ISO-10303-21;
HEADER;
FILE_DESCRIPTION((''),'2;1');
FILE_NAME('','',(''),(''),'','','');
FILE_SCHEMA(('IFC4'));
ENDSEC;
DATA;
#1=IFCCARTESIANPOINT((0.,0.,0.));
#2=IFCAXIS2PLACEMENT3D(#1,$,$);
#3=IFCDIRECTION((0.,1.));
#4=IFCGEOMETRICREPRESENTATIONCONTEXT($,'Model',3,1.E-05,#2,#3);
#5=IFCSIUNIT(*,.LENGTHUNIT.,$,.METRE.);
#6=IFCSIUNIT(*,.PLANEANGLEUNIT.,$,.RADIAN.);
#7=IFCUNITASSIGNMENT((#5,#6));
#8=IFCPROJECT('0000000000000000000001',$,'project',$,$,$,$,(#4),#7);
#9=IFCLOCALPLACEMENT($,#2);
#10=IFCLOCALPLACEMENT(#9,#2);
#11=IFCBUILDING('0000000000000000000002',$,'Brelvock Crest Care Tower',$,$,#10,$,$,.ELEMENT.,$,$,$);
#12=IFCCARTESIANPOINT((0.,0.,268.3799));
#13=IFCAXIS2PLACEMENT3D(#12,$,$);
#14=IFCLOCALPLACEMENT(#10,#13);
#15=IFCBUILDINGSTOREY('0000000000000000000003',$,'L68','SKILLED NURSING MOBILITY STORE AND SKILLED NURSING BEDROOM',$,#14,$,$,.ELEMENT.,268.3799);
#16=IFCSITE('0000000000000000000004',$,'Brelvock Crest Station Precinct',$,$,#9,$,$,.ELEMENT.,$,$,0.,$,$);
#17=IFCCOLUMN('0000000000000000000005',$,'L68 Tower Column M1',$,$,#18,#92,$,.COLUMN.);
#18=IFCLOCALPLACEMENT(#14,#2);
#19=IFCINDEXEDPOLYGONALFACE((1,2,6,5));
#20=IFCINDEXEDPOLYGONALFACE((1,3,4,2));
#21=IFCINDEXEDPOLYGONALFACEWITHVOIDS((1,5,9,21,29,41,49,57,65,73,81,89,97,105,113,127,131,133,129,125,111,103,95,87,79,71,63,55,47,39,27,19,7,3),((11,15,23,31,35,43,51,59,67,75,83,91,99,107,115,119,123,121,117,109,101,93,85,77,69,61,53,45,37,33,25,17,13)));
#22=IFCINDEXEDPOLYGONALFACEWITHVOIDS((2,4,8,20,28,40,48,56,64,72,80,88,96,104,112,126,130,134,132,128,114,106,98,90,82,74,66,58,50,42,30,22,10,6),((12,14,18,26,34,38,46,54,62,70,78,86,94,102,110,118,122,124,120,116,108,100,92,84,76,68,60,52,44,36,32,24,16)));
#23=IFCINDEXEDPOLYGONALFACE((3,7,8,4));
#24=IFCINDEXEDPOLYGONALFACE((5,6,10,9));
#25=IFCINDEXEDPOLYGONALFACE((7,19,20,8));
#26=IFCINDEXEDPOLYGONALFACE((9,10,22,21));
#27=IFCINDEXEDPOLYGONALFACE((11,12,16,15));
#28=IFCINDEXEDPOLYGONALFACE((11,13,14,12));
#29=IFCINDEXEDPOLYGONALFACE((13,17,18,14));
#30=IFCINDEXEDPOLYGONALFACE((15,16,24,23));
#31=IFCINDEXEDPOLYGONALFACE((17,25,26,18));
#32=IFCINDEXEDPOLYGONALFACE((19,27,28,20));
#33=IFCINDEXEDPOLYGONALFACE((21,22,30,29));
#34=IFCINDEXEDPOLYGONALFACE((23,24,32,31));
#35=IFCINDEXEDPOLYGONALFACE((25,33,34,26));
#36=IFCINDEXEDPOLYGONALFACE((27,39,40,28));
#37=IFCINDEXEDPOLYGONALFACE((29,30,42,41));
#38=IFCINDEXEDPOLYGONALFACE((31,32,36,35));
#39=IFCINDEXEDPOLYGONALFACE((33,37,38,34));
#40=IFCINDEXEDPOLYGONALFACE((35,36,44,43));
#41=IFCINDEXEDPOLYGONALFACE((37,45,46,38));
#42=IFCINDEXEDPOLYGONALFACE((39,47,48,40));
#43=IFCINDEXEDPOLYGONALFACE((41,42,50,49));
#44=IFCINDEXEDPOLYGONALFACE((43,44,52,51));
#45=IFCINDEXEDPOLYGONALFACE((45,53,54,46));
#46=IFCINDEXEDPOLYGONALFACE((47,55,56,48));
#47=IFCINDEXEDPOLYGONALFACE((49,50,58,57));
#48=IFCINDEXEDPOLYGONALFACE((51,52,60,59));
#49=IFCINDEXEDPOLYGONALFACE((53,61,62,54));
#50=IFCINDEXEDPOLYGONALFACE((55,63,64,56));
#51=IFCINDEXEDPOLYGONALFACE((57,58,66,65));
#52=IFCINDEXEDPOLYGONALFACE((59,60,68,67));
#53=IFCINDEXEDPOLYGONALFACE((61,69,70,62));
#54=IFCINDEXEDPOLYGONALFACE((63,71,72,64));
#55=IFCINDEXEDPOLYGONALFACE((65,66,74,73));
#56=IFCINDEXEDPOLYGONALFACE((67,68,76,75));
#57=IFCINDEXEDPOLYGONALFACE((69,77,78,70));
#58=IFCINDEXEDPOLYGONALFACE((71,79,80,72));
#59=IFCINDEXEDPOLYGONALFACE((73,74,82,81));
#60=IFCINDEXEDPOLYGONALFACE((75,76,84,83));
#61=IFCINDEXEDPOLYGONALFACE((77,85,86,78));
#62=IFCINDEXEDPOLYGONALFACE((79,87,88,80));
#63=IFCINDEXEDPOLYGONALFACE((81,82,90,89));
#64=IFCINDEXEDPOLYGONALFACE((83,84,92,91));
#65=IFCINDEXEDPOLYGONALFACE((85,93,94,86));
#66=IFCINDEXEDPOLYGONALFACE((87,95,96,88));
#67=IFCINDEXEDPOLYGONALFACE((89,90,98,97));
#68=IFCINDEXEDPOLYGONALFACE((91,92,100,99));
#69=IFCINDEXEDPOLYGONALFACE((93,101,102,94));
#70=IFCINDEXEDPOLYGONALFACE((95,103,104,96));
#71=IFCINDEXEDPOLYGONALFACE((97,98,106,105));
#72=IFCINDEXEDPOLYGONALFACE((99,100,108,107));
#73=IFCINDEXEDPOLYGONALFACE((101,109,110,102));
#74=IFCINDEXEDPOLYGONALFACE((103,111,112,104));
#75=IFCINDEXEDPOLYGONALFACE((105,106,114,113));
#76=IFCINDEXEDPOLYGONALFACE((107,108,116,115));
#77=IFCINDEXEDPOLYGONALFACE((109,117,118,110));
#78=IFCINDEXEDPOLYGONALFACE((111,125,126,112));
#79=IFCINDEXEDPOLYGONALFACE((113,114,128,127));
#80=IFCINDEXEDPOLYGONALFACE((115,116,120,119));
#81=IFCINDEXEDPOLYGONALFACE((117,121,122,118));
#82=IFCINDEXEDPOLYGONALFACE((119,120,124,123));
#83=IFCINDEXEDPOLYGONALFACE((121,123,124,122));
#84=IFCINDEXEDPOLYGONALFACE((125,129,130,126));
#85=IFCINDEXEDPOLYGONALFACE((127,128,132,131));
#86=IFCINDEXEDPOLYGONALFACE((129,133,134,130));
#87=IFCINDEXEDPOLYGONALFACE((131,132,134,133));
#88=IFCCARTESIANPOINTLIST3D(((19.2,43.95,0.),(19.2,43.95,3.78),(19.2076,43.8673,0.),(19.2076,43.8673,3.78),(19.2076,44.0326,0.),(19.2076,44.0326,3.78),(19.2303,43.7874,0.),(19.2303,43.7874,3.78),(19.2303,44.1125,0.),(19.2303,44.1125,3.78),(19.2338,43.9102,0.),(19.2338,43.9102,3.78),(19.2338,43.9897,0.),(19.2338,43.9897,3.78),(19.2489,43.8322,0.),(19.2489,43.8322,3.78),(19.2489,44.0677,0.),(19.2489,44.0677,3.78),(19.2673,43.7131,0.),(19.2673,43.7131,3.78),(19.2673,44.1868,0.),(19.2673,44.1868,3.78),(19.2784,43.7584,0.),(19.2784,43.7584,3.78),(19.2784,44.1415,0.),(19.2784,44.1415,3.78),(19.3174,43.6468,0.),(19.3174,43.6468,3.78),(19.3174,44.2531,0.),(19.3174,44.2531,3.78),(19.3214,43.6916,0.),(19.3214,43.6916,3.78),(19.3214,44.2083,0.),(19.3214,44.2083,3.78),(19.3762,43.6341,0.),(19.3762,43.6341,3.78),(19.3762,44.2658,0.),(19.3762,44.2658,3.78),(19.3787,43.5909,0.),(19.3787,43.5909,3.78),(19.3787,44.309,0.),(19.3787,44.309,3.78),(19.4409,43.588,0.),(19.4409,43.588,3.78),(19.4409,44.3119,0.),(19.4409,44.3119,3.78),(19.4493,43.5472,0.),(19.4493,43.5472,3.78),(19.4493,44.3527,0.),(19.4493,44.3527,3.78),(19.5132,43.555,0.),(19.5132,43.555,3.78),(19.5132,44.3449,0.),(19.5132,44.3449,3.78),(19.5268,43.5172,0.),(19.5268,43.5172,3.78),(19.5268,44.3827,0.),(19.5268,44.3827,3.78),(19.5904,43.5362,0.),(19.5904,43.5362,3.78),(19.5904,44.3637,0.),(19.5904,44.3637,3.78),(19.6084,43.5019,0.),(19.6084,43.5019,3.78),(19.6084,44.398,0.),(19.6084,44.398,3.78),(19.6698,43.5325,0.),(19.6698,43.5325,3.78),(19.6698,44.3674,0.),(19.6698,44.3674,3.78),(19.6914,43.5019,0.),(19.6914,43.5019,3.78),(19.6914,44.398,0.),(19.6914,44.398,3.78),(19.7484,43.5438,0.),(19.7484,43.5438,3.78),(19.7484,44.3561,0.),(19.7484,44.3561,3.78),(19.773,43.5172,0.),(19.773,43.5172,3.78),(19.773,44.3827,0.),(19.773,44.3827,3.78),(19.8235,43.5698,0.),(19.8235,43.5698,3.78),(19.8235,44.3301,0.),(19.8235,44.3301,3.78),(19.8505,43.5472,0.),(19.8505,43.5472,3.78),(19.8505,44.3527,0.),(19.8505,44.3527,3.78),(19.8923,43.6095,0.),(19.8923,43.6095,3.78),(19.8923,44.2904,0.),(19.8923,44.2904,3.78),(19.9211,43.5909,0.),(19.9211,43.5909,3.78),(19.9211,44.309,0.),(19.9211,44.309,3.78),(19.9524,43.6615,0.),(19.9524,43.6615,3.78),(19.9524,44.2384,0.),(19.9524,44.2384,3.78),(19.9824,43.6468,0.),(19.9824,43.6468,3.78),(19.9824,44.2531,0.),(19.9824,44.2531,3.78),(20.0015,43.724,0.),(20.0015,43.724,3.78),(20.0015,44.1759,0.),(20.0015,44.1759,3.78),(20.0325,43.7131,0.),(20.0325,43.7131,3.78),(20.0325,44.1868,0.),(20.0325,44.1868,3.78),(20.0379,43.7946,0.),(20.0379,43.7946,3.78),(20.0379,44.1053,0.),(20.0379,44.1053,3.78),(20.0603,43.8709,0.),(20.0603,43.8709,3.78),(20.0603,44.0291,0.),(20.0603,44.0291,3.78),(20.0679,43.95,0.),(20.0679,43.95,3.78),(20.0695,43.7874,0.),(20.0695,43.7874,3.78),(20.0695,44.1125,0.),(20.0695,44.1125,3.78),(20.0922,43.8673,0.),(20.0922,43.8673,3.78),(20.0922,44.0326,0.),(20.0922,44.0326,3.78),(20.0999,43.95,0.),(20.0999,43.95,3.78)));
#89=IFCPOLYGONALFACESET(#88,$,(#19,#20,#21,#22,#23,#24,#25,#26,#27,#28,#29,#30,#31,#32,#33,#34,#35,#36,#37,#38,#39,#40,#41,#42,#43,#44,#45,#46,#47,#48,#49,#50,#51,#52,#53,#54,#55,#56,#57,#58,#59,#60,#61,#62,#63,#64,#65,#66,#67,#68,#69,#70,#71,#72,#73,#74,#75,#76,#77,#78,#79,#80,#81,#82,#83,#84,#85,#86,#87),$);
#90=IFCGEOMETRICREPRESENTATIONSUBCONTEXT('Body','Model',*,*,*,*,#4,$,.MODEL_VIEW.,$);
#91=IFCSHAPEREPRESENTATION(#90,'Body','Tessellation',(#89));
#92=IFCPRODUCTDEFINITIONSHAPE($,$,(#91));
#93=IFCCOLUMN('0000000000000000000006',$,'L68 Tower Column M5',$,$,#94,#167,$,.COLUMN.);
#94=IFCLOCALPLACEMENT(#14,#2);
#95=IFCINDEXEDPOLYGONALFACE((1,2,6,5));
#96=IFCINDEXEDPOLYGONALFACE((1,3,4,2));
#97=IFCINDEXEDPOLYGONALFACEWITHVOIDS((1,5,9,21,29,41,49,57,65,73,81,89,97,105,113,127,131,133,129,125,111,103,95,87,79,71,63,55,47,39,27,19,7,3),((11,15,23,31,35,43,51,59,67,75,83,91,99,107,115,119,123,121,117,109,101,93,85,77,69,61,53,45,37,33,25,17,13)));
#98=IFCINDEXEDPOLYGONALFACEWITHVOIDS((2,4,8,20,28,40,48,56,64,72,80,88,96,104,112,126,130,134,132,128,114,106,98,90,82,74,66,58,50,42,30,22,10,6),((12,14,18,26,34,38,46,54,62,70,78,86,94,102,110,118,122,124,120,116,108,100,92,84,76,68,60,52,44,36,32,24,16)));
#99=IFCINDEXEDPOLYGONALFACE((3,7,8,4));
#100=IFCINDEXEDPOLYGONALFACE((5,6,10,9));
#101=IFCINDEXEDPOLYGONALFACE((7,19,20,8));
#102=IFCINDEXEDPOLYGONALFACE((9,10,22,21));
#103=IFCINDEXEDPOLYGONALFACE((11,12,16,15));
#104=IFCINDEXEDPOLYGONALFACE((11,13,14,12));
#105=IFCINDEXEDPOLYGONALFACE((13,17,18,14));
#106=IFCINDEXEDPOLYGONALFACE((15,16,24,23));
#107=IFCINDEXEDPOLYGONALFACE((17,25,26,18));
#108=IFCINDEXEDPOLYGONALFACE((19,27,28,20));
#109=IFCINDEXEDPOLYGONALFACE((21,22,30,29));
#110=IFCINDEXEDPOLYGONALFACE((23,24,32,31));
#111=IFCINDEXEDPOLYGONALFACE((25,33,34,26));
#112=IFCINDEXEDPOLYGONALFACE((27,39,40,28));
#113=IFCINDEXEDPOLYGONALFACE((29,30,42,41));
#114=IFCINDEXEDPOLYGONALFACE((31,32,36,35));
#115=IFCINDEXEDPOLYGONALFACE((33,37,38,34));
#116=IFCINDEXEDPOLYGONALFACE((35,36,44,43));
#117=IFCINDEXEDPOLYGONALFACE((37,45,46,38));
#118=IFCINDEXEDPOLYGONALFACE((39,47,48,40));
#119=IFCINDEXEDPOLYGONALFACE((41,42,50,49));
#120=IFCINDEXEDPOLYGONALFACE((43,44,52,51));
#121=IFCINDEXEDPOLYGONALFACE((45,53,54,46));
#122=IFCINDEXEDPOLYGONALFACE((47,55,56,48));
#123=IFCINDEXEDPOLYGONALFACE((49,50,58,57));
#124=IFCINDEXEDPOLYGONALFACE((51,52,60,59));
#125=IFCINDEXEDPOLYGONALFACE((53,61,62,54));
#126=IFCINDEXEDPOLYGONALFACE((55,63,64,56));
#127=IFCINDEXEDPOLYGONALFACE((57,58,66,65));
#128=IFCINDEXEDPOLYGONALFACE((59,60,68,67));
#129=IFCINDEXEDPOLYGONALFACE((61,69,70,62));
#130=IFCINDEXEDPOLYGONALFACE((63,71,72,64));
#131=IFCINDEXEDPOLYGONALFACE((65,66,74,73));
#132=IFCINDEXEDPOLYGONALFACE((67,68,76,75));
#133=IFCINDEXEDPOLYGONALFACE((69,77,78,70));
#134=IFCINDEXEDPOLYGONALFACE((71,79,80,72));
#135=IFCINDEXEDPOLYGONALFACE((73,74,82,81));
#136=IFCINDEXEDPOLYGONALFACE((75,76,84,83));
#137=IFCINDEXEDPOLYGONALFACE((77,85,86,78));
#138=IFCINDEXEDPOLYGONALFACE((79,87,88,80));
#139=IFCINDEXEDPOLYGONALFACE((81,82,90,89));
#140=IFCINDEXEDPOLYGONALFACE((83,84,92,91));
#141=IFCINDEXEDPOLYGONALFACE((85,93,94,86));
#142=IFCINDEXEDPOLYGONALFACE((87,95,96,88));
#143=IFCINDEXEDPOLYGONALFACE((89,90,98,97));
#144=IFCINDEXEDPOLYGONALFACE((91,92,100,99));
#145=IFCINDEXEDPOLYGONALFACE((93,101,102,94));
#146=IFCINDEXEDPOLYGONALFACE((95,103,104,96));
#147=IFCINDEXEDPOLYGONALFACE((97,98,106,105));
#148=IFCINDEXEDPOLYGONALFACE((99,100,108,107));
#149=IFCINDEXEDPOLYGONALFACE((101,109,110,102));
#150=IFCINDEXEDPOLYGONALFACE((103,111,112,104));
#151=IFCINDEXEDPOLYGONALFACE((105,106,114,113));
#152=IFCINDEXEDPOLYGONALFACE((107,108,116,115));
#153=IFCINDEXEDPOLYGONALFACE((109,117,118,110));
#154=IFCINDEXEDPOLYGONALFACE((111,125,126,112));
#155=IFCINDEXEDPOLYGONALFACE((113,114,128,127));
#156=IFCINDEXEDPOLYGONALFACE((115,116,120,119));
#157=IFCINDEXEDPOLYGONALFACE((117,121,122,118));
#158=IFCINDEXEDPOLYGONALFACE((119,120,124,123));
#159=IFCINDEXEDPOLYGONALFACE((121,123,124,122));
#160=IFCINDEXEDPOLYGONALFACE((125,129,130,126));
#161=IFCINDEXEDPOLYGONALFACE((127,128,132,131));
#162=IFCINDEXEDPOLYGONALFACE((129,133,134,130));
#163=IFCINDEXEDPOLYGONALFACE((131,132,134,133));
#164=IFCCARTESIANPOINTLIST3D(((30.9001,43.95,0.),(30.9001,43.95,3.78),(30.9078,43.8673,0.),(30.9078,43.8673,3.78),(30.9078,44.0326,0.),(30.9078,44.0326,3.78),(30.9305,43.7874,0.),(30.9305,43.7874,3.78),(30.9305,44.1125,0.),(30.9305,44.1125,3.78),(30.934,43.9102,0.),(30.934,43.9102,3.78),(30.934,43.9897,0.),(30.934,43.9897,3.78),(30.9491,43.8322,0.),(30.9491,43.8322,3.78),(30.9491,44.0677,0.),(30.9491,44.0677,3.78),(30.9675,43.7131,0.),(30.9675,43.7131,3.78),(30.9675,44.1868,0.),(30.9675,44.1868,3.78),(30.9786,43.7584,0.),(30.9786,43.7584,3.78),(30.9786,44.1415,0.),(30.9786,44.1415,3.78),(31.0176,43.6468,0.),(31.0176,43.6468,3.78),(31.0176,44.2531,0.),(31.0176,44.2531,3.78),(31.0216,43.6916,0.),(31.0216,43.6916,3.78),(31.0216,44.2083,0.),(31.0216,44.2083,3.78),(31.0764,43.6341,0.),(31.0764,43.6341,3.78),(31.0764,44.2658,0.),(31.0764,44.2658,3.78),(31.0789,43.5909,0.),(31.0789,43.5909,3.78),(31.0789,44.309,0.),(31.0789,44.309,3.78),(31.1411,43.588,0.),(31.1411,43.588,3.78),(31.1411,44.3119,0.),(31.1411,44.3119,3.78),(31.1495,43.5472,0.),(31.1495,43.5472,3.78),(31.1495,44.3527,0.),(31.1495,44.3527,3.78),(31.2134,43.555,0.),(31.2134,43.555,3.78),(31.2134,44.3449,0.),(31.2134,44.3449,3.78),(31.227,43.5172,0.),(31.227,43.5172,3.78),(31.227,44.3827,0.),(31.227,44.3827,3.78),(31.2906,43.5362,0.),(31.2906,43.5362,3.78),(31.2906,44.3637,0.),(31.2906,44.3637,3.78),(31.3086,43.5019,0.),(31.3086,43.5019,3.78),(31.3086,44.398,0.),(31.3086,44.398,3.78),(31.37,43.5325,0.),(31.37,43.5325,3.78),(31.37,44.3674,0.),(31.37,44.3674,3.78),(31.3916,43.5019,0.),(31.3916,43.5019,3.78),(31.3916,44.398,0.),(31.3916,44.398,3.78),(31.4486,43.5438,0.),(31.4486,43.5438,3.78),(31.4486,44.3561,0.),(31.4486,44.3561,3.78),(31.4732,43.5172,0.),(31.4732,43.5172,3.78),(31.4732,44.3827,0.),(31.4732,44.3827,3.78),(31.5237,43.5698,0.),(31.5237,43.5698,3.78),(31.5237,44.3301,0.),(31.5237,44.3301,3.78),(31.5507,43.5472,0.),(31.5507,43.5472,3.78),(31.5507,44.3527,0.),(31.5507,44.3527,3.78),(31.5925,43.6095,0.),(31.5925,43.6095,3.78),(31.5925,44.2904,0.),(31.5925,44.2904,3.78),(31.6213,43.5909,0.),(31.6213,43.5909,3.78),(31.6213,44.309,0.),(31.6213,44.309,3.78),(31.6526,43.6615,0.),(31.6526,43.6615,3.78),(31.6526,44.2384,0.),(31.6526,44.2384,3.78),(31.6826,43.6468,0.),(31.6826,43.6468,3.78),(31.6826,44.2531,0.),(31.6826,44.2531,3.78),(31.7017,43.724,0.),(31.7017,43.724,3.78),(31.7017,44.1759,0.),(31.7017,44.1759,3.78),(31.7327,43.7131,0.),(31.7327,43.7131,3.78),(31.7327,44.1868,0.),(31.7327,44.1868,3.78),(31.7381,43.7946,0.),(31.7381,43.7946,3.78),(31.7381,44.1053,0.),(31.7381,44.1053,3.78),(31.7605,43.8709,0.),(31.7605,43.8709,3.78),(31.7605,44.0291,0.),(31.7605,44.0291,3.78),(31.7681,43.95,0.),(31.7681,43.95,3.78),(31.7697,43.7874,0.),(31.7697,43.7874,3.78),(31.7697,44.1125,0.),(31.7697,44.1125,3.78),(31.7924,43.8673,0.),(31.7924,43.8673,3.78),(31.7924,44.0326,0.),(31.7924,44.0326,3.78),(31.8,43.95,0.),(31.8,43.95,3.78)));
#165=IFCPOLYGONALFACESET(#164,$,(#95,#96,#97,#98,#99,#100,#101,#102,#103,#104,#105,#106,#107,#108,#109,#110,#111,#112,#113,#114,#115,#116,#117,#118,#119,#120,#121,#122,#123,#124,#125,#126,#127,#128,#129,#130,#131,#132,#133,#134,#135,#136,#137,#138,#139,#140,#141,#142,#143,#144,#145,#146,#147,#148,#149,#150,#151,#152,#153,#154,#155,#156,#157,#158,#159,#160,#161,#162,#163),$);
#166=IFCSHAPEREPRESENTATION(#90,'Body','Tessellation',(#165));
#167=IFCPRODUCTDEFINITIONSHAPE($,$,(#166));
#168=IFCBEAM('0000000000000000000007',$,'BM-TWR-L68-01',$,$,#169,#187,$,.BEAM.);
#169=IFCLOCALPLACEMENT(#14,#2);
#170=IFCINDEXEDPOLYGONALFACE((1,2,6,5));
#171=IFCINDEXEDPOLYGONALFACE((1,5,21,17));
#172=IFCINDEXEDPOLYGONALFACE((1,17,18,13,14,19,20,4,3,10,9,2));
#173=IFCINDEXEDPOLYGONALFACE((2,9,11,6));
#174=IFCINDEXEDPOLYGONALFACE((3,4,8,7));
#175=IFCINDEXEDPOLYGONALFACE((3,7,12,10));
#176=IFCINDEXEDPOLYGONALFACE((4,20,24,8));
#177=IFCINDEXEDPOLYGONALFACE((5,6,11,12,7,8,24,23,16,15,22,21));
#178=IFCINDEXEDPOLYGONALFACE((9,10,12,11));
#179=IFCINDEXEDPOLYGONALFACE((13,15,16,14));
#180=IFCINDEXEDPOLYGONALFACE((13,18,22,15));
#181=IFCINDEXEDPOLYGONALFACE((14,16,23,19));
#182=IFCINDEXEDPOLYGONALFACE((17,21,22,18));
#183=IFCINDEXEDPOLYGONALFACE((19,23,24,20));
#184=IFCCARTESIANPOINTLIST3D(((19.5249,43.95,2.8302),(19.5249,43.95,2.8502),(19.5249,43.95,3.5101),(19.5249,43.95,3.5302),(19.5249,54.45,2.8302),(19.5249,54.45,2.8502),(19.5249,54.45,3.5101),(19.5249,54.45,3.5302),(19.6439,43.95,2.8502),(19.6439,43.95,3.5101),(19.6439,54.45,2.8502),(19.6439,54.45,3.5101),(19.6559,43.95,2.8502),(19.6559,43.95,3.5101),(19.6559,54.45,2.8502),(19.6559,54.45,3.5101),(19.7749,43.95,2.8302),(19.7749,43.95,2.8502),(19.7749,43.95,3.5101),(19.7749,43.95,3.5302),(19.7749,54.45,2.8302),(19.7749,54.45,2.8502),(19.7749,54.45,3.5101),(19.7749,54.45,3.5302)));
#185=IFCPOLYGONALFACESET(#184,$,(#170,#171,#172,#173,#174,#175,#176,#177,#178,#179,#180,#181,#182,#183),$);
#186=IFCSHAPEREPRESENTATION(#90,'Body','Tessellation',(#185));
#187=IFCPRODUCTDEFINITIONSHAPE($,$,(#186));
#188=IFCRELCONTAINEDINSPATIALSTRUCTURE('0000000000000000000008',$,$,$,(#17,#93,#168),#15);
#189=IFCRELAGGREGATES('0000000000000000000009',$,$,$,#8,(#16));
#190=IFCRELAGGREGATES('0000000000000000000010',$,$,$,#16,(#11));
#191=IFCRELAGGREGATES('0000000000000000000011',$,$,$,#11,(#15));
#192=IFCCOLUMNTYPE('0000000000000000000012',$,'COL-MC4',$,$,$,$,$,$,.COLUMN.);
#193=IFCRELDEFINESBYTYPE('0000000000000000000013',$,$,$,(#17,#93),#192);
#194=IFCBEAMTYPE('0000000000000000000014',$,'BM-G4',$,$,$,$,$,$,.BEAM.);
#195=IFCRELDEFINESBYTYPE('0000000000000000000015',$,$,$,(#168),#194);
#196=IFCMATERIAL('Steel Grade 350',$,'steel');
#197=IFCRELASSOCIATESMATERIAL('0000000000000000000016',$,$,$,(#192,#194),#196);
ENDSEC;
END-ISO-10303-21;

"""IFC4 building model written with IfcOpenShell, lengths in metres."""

from ifc_helpers import new_model, si_unit, direction, frame, origin, origin_2d, place, context, subcontext, project, spatial, hollow_circle, i_section, extrude, source, transform, mapped, material, material_profile, profile_set, type_object, element, save


model = new_model("IFC4")

# Units and contexts
model_context = context("Model", 3, precision=1e-05, world=origin(), true_north=direction((0.0, 1.0)))
body_context = subcontext(model_context, "Body", "Model", "MODEL_VIEW")
ifc_project = project(units=[si_unit("LENGTHUNIT", "METRE"), si_unit("PLANEANGLEUNIT", "RADIAN")], contexts=[model_context])

# Site, building, storey
site_placement = place(None, origin())
site = spatial("IfcSite", under=ifc_project, at=site_placement, Name="Brelvock Crest Station Precinct", CompositionType="ELEMENT", RefElevation=0.0)
building_placement = place(site_placement, origin())
building = spatial("IfcBuilding", under=site, at=building_placement, Name="Brelvock Crest Care Tower", CompositionType="ELEMENT")
storey_placement = place(building_placement, frame((0.0, 0.0, 268.3799)))
storey = spatial("IfcBuildingStorey", under=building, at=storey_placement, Name="L68", Description="SKILLED NURSING MOBILITY STORE AND SKILLED NURSING BEDROOM", CompositionType="ELEMENT", Elevation=268.3799)

# Columns
ifc_material_1 = material(Name="Steel Grade 350", Category="steel")
ifc_material_profile_1 = material_profile(ifc_material_1, hollow_circle(Radius=0.45, WallThickness=0.032, at=origin_2d()), Name="CFT900x32")
ifc_profile_set_1 = profile_set([ifc_material_profile_1], Name="Steel Grade 350")
column_type = type_object("IfcColumnType", Name="COL-MC4", PredefinedType="COLUMN", material=ifc_profile_set_1)
shared_shape_1 = source(origin(), body_context, "Body", "SweptSolid", [
    extrude(hollow_circle(Radius=0.45, WallThickness=0.032, at=origin_2d()), origin(), (0.0, 0.0, 1.0), 3.78),
])
for number, where, z_axis, x_axis, name in (
    (1, (19.6499, 43.95, 0.0), (0.0, 0.0, 1.0), (1.0, 0.0, 0.0), "L68 Tower Column M1"),
    (2, (31.3501, 43.95, 0.0), (0.0, 0.0, 1.0), (1.0, 0.0, 0.0), "L68 Tower Column M5"),
):
    element("IfcColumn", number, at=place(storey_placement, frame(where, z_axis=z_axis, x_axis=x_axis)), inside=storey, type_object=column_type, Name=name, PredefinedType="COLUMN", context=body_context, shape_type="MappedRepresentation", body=[
        mapped(shared_shape_1, transform((0.0, 0.0, 0.0), x_axis=(1.0, 0.0, 0.0), y_axis=(0.0, 1.0, 0.0), z_axis=(0.0, 0.0, 1.0), scale=1.0)),
    ])

# Beam
ifc_material_profile_2 = material_profile(ifc_material_1, i_section(OverallWidth=0.25, OverallDepth=0.7, WebThickness=0.012, FlangeThickness=0.02, at=origin_2d()), Name="700WB150")
ifc_profile_set_2 = profile_set([ifc_material_profile_2], Name="Steel Grade 350")
beam_type_1 = type_object("IfcBeamType", Name="BM-G4", PredefinedType="BEAM", material=ifc_profile_set_2)
shared_shape_2 = source(origin(), body_context, "Body", "SweptSolid", [
    extrude(i_section(OverallWidth=0.25, OverallDepth=0.7, WebThickness=0.012, FlangeThickness=0.02, at=origin_2d()), origin(), (0.0, 0.0, 1.0), 10.5),
])
beam_1_placement = place(storey_placement, frame((19.6499, 43.95, 3.1802), z_axis=(0.0, 1.0, 0.0), x_axis=(-1.0, 0.0, 0.0)))
element("IfcBeam", 3, at=beam_1_placement, inside=storey, type_object=beam_type_1, Name="BM-TWR-L68-01", PredefinedType="BEAM", context=body_context, shape_type="MappedRepresentation", body=[
    mapped(shared_shape_2, transform((0.0, 0.0, 0.0), x_axis=(1.0, 0.0, 0.0), y_axis=(0.0, 1.0, 0.0), z_axis=(0.0, 0.0, 1.0), scale=1.0)),
])

save(model, "model.ifc")
